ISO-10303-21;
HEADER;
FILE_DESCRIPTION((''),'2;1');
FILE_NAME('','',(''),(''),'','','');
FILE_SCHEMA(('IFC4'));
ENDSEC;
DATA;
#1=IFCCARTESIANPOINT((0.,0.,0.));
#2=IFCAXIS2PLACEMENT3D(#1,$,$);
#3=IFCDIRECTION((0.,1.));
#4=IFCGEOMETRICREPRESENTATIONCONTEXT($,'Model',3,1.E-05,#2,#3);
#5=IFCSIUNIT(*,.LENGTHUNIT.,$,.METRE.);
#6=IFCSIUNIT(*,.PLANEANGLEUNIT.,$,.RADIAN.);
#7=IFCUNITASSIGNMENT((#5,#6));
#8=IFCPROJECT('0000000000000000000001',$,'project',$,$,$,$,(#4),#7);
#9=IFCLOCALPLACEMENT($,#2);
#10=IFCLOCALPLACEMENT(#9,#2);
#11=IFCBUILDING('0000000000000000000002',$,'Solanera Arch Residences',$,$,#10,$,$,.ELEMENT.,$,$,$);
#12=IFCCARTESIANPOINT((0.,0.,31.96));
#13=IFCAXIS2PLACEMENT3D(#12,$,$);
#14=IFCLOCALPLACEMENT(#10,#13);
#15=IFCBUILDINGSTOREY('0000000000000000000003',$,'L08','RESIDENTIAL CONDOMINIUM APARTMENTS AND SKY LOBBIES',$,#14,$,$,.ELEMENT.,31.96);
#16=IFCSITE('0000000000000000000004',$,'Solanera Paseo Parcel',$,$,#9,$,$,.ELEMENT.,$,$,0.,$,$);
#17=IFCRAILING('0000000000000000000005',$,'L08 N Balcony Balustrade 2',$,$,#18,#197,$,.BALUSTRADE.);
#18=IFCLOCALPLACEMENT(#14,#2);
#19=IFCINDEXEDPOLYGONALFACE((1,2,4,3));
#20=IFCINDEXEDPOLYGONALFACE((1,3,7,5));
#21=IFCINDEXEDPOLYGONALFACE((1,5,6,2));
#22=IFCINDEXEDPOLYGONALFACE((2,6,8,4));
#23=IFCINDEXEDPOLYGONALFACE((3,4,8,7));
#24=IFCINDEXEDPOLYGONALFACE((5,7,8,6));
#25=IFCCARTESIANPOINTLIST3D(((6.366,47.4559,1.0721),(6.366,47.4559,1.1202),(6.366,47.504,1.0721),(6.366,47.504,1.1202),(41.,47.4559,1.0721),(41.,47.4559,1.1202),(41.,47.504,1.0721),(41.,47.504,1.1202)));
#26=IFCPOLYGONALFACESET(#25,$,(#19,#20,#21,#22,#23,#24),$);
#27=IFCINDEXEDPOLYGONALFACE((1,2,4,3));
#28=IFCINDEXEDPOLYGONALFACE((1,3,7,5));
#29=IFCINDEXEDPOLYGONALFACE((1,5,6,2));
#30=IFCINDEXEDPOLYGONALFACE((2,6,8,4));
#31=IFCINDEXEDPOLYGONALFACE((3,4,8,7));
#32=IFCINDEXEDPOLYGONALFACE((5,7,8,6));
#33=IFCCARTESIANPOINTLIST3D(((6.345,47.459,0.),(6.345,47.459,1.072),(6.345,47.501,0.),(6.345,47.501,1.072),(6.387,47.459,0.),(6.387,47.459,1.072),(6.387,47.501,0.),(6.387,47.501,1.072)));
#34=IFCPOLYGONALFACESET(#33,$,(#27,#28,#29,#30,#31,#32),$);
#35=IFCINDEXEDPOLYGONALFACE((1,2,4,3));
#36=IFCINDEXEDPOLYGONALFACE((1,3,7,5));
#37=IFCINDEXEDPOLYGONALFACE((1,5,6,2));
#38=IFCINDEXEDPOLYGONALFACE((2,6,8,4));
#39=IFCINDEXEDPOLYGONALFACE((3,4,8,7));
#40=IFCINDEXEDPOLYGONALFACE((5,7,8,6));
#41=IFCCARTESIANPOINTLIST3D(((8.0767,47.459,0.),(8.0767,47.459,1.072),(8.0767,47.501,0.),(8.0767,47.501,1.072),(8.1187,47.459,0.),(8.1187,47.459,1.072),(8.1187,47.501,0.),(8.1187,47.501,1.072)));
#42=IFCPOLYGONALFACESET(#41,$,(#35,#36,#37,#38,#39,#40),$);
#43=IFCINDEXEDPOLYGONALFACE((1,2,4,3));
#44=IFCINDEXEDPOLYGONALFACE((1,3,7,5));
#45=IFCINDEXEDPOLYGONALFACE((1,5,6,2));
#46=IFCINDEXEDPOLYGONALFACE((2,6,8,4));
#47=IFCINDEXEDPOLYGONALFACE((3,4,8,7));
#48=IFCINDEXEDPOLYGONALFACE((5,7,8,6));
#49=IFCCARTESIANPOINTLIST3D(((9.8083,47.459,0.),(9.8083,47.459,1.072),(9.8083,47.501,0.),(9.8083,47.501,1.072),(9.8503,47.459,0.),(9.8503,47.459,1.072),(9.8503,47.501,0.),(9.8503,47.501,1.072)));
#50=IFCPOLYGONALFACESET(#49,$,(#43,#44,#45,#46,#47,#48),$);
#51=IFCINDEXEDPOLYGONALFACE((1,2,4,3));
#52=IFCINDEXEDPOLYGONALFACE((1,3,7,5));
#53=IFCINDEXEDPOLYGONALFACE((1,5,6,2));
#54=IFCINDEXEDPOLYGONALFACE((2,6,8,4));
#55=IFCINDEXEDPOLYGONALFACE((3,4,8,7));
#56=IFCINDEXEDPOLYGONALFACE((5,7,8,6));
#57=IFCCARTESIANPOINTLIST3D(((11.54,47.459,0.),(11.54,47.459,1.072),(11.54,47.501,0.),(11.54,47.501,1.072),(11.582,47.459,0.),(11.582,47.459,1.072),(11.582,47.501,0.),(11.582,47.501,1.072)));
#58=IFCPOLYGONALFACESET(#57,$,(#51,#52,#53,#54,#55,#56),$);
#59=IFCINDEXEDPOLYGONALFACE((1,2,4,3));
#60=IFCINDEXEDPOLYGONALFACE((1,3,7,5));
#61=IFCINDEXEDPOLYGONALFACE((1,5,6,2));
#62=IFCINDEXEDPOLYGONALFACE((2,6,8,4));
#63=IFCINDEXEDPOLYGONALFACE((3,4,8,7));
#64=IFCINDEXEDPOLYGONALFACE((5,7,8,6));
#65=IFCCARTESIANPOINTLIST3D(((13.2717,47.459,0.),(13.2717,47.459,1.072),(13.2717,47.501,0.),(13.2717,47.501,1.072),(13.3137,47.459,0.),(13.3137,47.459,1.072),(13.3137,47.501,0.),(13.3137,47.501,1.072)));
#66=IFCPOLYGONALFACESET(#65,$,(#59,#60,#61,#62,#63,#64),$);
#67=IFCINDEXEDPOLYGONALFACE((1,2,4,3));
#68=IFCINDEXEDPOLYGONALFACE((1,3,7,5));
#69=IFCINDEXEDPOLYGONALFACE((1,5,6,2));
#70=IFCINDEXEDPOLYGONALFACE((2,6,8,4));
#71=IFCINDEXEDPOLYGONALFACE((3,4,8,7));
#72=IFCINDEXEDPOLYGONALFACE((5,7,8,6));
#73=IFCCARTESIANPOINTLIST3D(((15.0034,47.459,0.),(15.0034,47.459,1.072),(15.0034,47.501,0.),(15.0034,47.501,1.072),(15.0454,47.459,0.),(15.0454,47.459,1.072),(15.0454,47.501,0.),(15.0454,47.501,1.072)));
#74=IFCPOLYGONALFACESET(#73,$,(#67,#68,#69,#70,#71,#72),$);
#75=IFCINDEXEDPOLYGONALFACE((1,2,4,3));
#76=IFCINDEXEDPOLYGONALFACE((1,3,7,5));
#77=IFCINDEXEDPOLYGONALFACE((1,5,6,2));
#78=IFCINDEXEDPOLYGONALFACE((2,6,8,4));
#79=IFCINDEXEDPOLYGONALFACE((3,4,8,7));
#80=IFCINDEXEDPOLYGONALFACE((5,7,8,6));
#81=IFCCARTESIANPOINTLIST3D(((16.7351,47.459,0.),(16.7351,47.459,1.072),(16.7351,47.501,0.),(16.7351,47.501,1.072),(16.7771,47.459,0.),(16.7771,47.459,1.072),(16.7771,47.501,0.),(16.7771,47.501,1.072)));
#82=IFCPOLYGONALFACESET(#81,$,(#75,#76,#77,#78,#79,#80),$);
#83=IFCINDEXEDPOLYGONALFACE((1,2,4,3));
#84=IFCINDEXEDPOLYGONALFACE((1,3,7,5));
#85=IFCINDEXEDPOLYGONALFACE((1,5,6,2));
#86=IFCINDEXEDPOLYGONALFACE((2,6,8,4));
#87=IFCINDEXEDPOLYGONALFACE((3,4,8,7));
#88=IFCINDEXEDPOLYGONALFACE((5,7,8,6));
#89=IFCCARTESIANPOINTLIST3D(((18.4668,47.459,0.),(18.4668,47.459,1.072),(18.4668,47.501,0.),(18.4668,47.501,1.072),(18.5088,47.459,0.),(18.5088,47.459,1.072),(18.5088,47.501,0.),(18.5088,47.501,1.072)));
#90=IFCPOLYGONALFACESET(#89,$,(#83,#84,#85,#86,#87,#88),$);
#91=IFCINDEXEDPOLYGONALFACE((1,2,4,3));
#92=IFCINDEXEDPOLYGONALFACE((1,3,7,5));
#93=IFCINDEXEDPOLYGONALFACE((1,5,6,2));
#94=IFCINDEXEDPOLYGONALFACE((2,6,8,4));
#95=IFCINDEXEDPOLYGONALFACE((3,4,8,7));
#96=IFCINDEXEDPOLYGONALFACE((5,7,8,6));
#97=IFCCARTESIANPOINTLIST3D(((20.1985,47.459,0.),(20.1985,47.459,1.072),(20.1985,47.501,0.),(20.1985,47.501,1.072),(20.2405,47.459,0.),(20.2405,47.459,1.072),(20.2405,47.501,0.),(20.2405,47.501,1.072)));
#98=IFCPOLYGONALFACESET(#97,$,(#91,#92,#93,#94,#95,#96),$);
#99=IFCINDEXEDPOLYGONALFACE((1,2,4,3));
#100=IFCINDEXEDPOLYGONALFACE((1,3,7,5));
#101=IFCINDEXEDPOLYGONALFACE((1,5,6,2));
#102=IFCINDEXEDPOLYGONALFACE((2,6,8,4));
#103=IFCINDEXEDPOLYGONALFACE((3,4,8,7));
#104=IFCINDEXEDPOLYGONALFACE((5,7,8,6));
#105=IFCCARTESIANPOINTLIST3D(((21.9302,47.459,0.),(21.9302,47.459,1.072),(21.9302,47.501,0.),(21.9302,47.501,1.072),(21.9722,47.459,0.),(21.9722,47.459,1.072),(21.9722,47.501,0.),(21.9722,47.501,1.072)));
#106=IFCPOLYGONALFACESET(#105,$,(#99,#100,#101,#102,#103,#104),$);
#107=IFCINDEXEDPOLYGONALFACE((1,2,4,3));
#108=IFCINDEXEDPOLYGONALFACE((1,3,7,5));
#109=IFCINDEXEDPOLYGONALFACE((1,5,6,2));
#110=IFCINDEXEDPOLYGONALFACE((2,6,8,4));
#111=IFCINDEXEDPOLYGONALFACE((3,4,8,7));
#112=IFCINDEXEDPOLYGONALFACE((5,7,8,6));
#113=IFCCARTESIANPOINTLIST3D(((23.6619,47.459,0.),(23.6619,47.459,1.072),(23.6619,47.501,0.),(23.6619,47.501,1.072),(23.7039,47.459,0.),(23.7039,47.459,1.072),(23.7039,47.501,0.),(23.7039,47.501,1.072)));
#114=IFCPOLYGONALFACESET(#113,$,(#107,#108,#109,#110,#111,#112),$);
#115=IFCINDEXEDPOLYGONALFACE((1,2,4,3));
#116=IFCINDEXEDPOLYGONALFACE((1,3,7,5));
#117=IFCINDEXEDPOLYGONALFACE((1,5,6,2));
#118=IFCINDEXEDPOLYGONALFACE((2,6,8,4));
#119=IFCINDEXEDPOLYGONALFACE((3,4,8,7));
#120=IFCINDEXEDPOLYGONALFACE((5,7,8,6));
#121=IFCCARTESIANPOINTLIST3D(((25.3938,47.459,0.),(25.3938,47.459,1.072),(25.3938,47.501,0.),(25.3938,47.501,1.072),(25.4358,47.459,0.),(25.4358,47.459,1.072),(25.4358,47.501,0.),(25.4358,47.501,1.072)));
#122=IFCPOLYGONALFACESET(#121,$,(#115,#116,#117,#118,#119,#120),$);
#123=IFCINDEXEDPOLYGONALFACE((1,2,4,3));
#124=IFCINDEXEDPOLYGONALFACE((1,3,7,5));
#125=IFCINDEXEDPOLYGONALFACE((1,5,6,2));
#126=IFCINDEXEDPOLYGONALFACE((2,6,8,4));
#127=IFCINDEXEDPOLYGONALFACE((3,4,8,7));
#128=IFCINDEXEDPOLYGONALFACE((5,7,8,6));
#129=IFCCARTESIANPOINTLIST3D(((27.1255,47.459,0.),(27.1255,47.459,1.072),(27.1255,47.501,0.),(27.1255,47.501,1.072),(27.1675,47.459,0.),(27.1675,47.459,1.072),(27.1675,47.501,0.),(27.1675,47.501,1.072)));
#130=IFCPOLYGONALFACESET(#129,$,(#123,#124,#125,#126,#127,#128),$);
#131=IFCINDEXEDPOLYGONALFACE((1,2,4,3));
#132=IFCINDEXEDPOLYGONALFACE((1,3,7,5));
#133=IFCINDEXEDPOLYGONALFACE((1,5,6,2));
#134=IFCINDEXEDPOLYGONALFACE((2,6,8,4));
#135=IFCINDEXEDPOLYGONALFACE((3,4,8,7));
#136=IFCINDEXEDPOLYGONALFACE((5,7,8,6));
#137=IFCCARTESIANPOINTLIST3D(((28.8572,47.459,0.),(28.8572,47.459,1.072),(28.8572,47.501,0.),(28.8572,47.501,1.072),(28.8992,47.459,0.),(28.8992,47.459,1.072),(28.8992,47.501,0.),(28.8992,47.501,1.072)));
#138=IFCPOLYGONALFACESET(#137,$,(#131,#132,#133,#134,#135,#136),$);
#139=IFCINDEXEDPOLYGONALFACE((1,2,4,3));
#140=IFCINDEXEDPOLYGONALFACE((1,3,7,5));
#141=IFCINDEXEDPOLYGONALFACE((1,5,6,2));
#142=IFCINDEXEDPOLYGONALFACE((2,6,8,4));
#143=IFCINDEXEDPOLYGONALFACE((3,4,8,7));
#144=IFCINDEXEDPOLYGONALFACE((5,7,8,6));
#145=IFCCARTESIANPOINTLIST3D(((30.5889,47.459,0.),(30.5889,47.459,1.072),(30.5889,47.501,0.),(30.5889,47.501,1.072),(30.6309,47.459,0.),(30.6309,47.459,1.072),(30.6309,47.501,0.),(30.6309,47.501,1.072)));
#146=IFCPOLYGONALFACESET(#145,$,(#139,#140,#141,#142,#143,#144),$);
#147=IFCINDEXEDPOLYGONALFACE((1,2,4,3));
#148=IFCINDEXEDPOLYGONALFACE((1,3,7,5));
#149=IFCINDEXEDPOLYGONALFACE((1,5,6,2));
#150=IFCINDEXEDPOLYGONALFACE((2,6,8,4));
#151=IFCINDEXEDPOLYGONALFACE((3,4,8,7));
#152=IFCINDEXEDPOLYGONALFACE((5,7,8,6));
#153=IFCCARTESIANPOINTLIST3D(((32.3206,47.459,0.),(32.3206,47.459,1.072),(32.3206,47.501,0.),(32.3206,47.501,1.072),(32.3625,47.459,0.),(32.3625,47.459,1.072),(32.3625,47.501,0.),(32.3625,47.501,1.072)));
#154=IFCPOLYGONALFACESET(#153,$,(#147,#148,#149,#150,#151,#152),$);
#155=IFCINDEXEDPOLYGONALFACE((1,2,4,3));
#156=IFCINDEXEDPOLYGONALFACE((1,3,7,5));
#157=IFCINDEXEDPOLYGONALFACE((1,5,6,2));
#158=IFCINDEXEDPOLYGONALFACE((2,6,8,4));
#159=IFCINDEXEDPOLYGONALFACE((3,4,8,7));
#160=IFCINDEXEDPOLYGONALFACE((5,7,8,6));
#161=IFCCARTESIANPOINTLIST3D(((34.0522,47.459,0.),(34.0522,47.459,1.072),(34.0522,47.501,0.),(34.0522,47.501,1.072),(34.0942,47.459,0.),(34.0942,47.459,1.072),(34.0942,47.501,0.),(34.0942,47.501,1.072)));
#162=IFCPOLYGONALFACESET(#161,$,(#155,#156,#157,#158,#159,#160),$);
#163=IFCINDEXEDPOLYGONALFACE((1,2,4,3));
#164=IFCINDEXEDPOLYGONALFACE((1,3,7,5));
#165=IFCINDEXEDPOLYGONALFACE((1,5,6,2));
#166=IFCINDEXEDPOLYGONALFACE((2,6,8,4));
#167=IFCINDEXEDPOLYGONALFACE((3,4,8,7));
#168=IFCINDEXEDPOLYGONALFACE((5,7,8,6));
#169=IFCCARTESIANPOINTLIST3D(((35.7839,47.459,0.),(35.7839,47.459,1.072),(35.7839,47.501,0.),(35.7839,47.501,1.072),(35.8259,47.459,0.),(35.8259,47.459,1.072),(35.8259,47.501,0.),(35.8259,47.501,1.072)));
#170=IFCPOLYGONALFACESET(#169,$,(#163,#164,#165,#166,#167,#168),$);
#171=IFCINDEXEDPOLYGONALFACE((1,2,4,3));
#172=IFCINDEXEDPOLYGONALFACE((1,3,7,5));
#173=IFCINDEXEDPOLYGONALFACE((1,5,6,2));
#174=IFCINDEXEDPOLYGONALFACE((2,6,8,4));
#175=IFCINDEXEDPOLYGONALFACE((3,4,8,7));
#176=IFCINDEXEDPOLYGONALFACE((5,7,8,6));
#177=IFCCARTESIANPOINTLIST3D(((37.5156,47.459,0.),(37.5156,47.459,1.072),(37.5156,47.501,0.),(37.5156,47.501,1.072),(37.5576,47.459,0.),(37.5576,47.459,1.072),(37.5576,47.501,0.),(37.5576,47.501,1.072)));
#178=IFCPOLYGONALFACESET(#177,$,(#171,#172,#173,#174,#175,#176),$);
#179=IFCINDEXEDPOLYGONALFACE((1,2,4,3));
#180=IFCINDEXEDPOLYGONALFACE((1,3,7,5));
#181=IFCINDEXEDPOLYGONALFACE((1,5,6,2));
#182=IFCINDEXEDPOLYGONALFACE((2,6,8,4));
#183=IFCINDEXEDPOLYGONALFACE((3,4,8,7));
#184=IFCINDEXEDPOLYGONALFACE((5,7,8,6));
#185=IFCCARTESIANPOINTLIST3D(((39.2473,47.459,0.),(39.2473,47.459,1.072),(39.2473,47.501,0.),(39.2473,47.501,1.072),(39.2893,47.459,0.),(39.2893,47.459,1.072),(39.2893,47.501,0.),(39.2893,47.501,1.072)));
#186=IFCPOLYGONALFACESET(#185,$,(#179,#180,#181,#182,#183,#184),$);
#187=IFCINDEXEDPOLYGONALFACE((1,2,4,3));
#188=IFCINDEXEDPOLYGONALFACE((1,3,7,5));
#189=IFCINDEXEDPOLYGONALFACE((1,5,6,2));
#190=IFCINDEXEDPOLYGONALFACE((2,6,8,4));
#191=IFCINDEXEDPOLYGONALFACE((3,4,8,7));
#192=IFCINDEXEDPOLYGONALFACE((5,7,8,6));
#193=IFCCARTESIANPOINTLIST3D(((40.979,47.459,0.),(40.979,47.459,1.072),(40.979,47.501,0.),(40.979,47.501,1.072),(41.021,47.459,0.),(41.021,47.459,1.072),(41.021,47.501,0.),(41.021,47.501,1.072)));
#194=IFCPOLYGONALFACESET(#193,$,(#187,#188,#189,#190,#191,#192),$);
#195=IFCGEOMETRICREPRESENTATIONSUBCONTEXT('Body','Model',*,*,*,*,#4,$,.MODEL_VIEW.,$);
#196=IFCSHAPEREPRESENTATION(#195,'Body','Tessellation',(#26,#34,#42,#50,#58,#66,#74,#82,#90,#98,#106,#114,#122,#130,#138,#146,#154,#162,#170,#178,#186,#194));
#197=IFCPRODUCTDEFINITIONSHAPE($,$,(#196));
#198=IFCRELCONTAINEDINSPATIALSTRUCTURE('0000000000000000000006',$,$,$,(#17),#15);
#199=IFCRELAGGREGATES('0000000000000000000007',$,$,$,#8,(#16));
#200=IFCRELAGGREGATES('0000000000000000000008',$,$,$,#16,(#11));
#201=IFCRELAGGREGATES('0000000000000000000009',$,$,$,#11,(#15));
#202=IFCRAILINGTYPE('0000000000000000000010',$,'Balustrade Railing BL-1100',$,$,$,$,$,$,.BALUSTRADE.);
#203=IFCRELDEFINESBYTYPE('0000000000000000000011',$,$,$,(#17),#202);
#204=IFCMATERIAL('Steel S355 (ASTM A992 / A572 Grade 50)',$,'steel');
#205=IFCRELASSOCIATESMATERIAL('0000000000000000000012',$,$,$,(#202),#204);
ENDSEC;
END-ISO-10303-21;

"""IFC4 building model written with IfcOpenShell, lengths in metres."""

from ifc_helpers import new_model, si_unit, direction, frame, origin, origin_2d, place, context, subcontext, project, spatial, rectangle, extrude, material, type_object, element, save


model = new_model("IFC4")

# Units and contexts
model_context = context("Model", 3, precision=1e-05, world=origin(), true_north=direction((0.0, 1.0)))
body_context = subcontext(model_context, "Body", "Model", "MODEL_VIEW")
ifc_project = project(units=[si_unit("LENGTHUNIT", "METRE"), si_unit("PLANEANGLEUNIT", "RADIAN")], contexts=[model_context])

# Site, building, storey
site_placement = place(None, origin())
site = spatial("IfcSite", under=ifc_project, at=site_placement, Name="Solanera Paseo Parcel", CompositionType="ELEMENT", RefElevation=0.0)
building_placement = place(site_placement, origin())
building = spatial("IfcBuilding", under=site, at=building_placement, Name="Solanera Arch Residences", CompositionType="ELEMENT")
storey_placement = place(building_placement, frame((0.0, 0.0, 31.96)))
storey = spatial("IfcBuildingStorey", under=building, at=storey_placement, Name="L08", Description="RESIDENTIAL CONDOMINIUM APARTMENTS AND SKY LOBBIES", CompositionType="ELEMENT", Elevation=31.96)

# Railing
ifc_material_1 = material(Name="Steel S355 (ASTM A992 / A572 Grade 50)", Category="steel")
railing_type = type_object("IfcRailingType", Name="Balustrade Railing BL-1100", PredefinedType="BALUSTRADE", material=ifc_material_1)
railing_placement = place(storey_placement, frame((6.366, 47.48, 0.0)))
element("IfcRailing", 1, at=railing_placement, inside=storey, type_object=railing_type, Name="L08 N Balcony Balustrade 2", PredefinedType="BALUSTRADE", context=body_context, shape_type="SweptSolid", body=[
    extrude(rectangle(XDim=0.0481, YDim=0.0481, at=origin_2d()), frame((0.0, 0.0, 1.0962), z_axis=(1.0, 0.0, 0.0), x_axis=(0.0, 1.0, 0.0)), (0.0, 0.0, 1.0), 34.634),
    extrude(rectangle(XDim=0.042, YDim=0.042, at=origin_2d()), origin(), (0.0, 0.0, 1.0), 1.072),
    extrude(rectangle(XDim=0.042, YDim=0.042, at=origin_2d()), frame((1.7317, 0.0, 0.0)), (0.0, 0.0, 1.0), 1.072),
    extrude(rectangle(XDim=0.042, YDim=0.042, at=origin_2d()), frame((3.4634, 0.0, 0.0)), (0.0, 0.0, 1.0), 1.072),
    extrude(rectangle(XDim=0.042, YDim=0.042, at=origin_2d()), frame((5.1951, 0.0, 0.0)), (0.0, 0.0, 1.0), 1.072),
    extrude(rectangle(XDim=0.042, YDim=0.042, at=origin_2d()), frame((6.9268, 0.0, 0.0)), (0.0, 0.0, 1.0), 1.072),
    extrude(rectangle(XDim=0.042, YDim=0.042, at=origin_2d()), frame((8.6584, 0.0, 0.0)), (0.0, 0.0, 1.0), 1.072),
    extrude(rectangle(XDim=0.042, YDim=0.042, at=origin_2d()), frame((10.3901, 0.0, 0.0)), (0.0, 0.0, 1.0), 1.072),
    extrude(rectangle(XDim=0.042, YDim=0.042, at=origin_2d()), frame((12.1218, 0.0, 0.0)), (0.0, 0.0, 1.0), 1.072),
    extrude(rectangle(XDim=0.042, YDim=0.042, at=origin_2d()), frame((13.8535, 0.0, 0.0)), (0.0, 0.0, 1.0), 1.072),
    extrude(rectangle(XDim=0.042, YDim=0.042, at=origin_2d()), frame((15.5852, 0.0, 0.0)), (0.0, 0.0, 1.0), 1.072),
    extrude(rectangle(XDim=0.042, YDim=0.042, at=origin_2d()), frame((17.3169, 0.0, 0.0)), (0.0, 0.0, 1.0), 1.072),
    extrude(rectangle(XDim=0.042, YDim=0.042, at=origin_2d()), frame((19.0488, 0.0, 0.0)), (0.0, 0.0, 1.0), 1.072),
    extrude(rectangle(XDim=0.042, YDim=0.042, at=origin_2d()), frame((20.7805, 0.0, 0.0)), (0.0, 0.0, 1.0), 1.072),
    extrude(rectangle(XDim=0.042, YDim=0.042, at=origin_2d()), frame((22.5122, 0.0, 0.0)), (0.0, 0.0, 1.0), 1.072),
    extrude(rectangle(XDim=0.042, YDim=0.042, at=origin_2d()), frame((24.2439, 0.0, 0.0)), (0.0, 0.0, 1.0), 1.072),
    extrude(rectangle(XDim=0.042, YDim=0.042, at=origin_2d()), frame((25.9756, 0.0, 0.0)), (0.0, 0.0, 1.0), 1.072),
    extrude(rectangle(XDim=0.042, YDim=0.042, at=origin_2d()), frame((27.7073, 0.0, 0.0)), (0.0, 0.0, 1.0), 1.072),
    extrude(rectangle(XDim=0.042, YDim=0.042, at=origin_2d()), frame((29.439, 0.0, 0.0)), (0.0, 0.0, 1.0), 1.072),
    extrude(rectangle(XDim=0.042, YDim=0.042, at=origin_2d()), frame((31.1707, 0.0, 0.0)), (0.0, 0.0, 1.0), 1.072),
    extrude(rectangle(XDim=0.042, YDim=0.042, at=origin_2d()), frame((32.9023, 0.0, 0.0)), (0.0, 0.0, 1.0), 1.072),
    extrude(rectangle(XDim=0.042, YDim=0.042, at=origin_2d()), frame((34.634, 0.0, 0.0)), (0.0, 0.0, 1.0), 1.072),
])

save(model, "model.ifc")
